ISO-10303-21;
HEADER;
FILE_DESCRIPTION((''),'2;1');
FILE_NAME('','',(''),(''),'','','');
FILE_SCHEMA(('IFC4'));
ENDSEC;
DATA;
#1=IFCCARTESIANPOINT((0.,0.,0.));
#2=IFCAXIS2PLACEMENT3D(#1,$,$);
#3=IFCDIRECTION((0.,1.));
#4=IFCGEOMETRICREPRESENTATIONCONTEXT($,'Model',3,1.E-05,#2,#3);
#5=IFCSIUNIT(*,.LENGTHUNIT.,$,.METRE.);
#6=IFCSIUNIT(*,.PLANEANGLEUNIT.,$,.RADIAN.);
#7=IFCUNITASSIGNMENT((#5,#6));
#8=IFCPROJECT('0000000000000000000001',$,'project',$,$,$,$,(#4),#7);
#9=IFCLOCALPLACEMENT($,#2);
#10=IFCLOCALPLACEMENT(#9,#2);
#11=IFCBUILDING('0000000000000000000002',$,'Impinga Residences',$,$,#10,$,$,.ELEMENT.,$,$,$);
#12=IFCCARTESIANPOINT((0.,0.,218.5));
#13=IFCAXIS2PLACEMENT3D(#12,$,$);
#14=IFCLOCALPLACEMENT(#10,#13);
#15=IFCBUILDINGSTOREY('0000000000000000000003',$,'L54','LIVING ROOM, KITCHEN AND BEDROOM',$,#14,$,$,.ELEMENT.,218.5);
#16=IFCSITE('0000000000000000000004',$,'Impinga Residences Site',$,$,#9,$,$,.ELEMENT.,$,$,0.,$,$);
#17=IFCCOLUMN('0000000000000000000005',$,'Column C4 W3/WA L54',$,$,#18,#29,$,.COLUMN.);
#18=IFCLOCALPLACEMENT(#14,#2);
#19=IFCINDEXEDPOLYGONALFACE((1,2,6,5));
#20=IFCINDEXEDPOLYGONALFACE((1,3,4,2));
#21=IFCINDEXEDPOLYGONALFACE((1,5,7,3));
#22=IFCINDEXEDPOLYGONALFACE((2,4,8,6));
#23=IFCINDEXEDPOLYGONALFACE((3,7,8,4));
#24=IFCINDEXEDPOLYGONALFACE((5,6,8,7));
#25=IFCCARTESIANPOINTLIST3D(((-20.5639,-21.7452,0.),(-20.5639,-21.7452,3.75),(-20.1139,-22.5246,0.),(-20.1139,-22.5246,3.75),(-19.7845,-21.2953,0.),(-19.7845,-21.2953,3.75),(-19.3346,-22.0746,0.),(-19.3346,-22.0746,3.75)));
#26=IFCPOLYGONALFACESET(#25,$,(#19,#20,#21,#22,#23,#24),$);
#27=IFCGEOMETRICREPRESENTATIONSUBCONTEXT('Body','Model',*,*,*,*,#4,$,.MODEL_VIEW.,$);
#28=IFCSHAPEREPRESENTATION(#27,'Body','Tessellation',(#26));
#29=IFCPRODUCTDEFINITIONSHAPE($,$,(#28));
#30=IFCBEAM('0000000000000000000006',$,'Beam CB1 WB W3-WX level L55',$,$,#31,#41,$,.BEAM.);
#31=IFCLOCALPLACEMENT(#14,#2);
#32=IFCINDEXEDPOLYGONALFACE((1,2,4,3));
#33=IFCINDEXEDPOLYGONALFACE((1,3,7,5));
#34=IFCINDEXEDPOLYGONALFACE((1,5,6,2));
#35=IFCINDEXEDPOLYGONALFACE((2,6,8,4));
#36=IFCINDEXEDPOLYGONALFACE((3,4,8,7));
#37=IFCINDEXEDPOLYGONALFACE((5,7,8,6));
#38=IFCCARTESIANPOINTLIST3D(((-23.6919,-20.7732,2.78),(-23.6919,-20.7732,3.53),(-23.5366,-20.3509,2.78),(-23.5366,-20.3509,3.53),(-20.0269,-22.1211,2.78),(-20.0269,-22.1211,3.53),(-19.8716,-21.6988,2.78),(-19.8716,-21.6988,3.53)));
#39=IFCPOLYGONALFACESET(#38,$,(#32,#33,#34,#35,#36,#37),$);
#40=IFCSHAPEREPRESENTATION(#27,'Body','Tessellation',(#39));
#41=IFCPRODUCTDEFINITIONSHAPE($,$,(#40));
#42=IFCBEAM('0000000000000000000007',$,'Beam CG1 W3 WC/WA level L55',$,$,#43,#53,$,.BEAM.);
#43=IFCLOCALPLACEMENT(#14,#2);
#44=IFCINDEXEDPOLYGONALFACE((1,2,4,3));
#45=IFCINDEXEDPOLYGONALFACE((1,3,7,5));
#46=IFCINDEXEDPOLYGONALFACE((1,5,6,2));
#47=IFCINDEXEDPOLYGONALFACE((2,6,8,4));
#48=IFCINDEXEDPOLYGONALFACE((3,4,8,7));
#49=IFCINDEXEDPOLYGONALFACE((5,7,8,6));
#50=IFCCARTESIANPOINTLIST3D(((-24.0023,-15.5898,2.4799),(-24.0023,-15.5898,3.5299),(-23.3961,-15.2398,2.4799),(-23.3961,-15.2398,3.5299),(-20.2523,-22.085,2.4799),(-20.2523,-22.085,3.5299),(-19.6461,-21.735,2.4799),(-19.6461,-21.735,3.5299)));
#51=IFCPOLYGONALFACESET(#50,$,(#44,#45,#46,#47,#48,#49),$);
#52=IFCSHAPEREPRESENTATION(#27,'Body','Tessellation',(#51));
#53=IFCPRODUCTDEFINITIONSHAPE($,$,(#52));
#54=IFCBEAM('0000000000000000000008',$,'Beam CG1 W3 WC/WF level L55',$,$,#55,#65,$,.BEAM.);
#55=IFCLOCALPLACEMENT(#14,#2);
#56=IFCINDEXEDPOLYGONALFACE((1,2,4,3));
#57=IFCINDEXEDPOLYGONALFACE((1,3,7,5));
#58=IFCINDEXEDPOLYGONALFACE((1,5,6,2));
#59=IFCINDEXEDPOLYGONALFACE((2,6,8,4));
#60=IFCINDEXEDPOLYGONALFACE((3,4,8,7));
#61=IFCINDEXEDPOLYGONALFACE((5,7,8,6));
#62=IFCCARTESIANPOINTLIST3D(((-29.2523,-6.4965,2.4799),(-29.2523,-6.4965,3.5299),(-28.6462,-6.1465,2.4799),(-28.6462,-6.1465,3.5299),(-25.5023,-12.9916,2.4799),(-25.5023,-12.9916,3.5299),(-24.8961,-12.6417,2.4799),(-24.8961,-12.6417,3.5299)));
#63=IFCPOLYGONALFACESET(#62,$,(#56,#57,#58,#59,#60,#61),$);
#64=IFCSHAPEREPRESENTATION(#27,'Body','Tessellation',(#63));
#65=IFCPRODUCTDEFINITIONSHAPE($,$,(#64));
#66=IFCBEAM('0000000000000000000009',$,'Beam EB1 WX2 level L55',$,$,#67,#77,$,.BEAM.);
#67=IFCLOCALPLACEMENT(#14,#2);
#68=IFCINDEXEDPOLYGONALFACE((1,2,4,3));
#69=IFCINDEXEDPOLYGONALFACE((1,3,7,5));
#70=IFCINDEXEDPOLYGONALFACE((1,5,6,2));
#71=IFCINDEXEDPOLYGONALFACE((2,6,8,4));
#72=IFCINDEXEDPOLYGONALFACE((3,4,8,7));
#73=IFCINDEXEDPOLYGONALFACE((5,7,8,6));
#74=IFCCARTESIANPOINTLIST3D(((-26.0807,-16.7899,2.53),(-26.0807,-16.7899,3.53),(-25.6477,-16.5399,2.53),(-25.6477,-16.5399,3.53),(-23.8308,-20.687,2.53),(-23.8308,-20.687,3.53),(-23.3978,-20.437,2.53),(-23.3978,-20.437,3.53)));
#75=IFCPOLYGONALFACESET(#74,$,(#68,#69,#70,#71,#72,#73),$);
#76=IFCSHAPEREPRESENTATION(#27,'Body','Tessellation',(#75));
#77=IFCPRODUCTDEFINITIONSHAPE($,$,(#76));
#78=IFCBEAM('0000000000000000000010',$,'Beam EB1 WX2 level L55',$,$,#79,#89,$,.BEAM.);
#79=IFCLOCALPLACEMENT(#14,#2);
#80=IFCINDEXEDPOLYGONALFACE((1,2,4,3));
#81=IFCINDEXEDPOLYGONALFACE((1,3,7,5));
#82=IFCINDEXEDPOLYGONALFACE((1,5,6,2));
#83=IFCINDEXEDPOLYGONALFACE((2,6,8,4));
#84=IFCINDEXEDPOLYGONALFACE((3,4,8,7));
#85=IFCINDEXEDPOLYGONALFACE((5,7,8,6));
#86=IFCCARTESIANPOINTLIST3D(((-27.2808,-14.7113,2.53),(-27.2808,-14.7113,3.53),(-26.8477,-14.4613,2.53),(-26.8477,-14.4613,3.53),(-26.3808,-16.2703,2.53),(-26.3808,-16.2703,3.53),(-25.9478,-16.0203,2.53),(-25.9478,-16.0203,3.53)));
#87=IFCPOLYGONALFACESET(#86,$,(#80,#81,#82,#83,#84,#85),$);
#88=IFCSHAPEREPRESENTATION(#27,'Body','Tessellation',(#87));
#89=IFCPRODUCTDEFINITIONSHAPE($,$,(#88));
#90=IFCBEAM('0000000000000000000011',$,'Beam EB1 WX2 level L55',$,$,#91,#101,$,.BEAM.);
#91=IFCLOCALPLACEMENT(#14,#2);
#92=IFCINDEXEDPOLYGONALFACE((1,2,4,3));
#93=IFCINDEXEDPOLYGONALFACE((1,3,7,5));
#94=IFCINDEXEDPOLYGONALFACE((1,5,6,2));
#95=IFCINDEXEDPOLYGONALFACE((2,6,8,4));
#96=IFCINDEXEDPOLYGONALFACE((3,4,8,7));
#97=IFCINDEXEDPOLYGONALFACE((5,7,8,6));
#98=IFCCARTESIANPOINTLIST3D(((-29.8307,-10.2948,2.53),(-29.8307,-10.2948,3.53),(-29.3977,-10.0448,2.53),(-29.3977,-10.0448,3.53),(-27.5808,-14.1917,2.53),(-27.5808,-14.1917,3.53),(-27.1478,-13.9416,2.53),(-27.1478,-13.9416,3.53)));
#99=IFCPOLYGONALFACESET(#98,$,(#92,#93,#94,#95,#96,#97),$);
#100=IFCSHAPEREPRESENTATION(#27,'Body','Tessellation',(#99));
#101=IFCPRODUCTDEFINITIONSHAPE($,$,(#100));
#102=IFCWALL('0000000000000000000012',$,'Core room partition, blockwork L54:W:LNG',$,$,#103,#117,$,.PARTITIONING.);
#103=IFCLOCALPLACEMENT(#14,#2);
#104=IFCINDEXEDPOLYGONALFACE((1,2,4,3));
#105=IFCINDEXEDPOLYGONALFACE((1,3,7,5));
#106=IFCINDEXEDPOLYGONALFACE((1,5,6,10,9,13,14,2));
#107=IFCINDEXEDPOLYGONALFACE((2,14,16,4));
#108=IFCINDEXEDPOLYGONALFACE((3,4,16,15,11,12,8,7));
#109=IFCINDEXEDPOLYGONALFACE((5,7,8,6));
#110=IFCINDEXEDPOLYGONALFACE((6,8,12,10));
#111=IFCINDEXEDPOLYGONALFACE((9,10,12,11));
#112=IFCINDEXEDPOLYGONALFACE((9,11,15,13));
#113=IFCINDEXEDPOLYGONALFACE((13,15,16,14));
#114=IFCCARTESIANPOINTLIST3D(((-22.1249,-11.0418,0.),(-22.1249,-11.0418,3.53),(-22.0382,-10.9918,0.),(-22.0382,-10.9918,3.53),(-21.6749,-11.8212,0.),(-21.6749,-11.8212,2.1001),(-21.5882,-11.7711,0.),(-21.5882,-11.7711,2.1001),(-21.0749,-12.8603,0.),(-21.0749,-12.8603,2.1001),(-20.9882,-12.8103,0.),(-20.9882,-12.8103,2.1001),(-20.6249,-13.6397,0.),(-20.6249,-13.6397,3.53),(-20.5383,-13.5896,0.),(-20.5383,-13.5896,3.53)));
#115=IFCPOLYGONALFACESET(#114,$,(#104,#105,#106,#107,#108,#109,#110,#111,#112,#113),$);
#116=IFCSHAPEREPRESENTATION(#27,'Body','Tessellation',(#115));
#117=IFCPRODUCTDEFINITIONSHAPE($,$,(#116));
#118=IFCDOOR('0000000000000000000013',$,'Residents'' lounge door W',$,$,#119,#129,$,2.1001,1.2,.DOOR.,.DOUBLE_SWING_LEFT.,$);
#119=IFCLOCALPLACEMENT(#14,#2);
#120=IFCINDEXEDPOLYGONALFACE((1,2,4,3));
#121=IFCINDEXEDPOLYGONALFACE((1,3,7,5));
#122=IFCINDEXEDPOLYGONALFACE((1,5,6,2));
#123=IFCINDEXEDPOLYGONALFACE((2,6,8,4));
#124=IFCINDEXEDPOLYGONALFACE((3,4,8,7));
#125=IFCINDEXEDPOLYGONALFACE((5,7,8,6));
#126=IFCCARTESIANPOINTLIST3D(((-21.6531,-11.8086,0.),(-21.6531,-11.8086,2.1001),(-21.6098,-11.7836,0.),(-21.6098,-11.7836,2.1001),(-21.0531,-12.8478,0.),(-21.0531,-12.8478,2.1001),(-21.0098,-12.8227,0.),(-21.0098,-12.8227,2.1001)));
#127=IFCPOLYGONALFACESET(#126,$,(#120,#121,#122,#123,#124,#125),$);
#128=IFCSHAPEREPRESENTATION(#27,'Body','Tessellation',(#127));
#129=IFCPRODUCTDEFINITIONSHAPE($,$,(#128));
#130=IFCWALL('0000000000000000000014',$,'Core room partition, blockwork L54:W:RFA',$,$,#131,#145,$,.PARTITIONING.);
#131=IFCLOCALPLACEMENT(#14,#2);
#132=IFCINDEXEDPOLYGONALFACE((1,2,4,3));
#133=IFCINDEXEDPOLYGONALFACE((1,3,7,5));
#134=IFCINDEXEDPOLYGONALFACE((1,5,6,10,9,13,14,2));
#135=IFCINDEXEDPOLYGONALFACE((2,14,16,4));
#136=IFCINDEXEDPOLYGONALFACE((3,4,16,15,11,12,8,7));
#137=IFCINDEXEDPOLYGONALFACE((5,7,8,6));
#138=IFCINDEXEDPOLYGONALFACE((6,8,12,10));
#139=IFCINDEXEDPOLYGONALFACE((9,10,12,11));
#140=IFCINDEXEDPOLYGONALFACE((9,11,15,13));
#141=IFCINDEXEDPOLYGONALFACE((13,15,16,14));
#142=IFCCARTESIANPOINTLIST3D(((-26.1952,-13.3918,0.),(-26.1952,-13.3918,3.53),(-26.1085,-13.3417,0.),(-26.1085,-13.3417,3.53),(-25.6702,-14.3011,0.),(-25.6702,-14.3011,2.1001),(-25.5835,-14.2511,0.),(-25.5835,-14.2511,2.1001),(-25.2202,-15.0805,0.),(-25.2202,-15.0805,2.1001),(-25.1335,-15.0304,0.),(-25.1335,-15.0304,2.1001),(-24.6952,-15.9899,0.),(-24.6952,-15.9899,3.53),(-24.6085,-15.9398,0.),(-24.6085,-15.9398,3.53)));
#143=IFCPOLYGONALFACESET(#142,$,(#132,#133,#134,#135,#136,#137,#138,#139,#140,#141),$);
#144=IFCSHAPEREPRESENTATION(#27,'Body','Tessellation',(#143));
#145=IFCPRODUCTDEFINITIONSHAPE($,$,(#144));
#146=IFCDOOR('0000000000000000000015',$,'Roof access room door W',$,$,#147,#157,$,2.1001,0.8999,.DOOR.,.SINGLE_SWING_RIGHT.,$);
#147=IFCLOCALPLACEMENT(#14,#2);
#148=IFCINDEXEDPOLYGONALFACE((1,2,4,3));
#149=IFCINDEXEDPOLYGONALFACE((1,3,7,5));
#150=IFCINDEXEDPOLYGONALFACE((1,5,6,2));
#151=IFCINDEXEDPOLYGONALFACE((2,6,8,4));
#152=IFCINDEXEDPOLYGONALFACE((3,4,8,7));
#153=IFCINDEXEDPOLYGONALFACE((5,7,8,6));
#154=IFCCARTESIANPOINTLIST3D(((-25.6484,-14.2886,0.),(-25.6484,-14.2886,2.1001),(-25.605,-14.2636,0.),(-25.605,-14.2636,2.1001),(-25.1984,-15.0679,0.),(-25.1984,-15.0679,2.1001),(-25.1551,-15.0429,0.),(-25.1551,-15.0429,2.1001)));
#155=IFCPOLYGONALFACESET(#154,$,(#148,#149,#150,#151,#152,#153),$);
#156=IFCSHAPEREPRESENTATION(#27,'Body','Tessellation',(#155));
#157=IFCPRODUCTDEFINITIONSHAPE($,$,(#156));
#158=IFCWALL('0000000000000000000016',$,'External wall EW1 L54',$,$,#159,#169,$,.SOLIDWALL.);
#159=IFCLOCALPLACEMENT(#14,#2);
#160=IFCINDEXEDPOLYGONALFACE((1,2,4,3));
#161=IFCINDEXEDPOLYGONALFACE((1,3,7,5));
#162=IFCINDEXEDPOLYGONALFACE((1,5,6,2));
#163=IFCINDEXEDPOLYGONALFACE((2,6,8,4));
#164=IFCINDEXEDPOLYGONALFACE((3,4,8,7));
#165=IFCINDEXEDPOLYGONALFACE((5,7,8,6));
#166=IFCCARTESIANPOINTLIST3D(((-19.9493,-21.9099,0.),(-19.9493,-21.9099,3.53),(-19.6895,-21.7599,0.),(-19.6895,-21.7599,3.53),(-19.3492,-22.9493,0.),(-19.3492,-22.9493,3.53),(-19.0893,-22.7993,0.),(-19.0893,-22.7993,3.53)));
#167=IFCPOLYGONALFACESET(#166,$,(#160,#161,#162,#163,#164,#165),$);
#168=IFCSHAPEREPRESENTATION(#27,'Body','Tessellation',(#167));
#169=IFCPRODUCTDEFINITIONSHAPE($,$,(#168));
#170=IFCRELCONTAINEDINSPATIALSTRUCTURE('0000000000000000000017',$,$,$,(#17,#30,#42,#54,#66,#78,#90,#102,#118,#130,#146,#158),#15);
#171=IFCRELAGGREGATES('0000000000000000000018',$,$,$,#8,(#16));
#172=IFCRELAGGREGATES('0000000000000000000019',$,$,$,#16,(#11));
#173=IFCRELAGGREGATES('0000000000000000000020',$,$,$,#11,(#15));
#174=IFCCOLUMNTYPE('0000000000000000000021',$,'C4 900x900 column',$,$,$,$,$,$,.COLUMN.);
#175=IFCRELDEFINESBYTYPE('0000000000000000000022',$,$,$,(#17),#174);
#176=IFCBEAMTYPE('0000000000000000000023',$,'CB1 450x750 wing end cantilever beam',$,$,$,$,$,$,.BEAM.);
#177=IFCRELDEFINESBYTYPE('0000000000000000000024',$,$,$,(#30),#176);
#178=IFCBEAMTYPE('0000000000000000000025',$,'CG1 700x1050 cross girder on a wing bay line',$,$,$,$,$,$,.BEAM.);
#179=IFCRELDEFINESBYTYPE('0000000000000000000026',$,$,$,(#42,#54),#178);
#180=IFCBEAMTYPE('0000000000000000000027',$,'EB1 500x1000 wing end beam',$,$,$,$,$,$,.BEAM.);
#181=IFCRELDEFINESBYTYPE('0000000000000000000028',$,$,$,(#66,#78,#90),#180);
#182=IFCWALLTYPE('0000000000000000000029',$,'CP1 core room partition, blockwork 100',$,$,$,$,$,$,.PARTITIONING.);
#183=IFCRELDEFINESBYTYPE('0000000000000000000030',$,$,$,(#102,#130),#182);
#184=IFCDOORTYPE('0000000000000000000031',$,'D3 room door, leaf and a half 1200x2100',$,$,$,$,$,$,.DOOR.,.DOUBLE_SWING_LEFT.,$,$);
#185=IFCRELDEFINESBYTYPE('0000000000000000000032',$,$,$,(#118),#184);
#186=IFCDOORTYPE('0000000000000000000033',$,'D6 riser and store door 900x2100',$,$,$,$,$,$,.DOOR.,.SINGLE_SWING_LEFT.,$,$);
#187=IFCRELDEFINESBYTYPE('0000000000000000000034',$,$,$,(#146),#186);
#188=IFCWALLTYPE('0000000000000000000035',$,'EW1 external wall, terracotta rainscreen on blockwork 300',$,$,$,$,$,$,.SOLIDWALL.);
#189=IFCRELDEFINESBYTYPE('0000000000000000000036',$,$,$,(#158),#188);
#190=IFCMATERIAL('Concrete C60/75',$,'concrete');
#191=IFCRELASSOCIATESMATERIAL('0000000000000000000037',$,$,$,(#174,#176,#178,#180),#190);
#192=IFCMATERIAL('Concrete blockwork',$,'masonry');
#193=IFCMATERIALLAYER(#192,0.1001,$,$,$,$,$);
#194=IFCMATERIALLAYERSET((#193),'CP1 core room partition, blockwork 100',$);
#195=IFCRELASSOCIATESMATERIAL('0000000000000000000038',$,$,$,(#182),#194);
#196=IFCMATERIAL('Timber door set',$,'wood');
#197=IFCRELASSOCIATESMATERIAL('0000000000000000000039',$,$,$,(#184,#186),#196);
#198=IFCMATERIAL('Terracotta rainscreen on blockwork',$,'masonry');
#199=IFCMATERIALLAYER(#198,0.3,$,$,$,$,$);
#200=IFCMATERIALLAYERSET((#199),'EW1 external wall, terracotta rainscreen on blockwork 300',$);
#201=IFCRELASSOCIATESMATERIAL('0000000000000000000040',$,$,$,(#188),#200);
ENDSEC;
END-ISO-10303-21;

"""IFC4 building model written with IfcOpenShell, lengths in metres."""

from ifc_helpers import new_model, si_unit, direction, frame, frame_2d, origin, origin_2d, place, context, subcontext, project, spatial, rectangle, extrude, material, layer, layer_set, material_profile, profile_set, type_object, element, fill, save


model = new_model("IFC4")

# Units and contexts
model_context = context("Model", 3, precision=1e-05, world=origin(), true_north=direction((0.0, 1.0)))
body_context = subcontext(model_context, "Body", "Model", "MODEL_VIEW")
ifc_project = project(units=[si_unit("LENGTHUNIT", "METRE"), si_unit("PLANEANGLEUNIT", "RADIAN")], contexts=[model_context])

# Site, building, storey
site_placement = place(None, origin())
site = spatial("IfcSite", under=ifc_project, at=site_placement, Name="Impinga Residences Site", CompositionType="ELEMENT", RefElevation=0.0)
building_placement = place(site_placement, origin())
building = spatial("IfcBuilding", under=site, at=building_placement, Name="Impinga Residences", CompositionType="ELEMENT")
storey_placement = place(building_placement, frame((0.0, 0.0, 218.5)))
storey = spatial("IfcBuildingStorey", under=building, at=storey_placement, Name="L54", Description="LIVING ROOM, KITCHEN AND BEDROOM", CompositionType="ELEMENT", Elevation=218.5)

# Column
ifc_material_1 = material(Name="Concrete C60/75", Category="concrete")
ifc_material_profile_1 = material_profile(ifc_material_1, rectangle(XDim=0.8999, YDim=0.8999, at=origin_2d()), Name="RC 900x900")
ifc_profile_set_1 = profile_set([ifc_material_profile_1], Name="Concrete C60/75")
column_type = type_object("IfcColumnType", Name="C4 900x900 column", PredefinedType="COLUMN", material=ifc_profile_set_1)
column_placement = place(storey_placement, frame((-19.9492, -21.9099, 0.0), z_axis=(0.0, 0.0, 1.0), x_axis=(-0.5, 0.866025, 0.0)))
element("IfcColumn", 1, at=column_placement, inside=storey, type_object=column_type, Name="Column C4 W3/WA L54", PredefinedType="COLUMN", context=body_context, shape_type="SweptSolid", body=[
    extrude(rectangle(XDim=0.8999, YDim=0.8999, at=origin_2d()), origin(), (0.0, 0.0, 1.0), 3.75),
])

# Beams
ifc_material_profile_2 = material_profile(ifc_material_1, rectangle(XDim=0.45, YDim=0.75, at=origin_2d()), Name="RC 450x750")
ifc_profile_set_2 = profile_set([ifc_material_profile_2], Name="Concrete C60/75")
beam_type_1 = type_object("IfcBeamType", Name="CB1 450x750 wing end cantilever beam", PredefinedType="BEAM", material=ifc_profile_set_2)
beam_1_placement = place(storey_placement, frame((-19.9492, -21.9099, 3.155), z_axis=(-0.93854, 0.345169, 0.0), x_axis=(-0.345169, -0.93854, 0.0)))
element("IfcBeam", 2, at=beam_1_placement, inside=storey, type_object=beam_type_1, Name="Beam CB1 WB W3-WX level L55", PredefinedType="BEAM", context=body_context, shape_type="SweptSolid", body=[
    extrude(rectangle(XDim=0.45, YDim=0.75, at=origin_2d()), origin(), (0.0, 0.0, 1.0), 3.905),
])
ifc_material_profile_3 = material_profile(ifc_material_1, rectangle(XDim=0.7, YDim=1.05, at=origin_2d()), Name="RC 700x1050")
ifc_profile_set_3 = profile_set([ifc_material_profile_3], Name="Concrete C60/75")
beam_type_2 = type_object("IfcBeamType", Name="CG1 700x1050 cross girder on a wing bay line", PredefinedType="BEAM", material=ifc_profile_set_3)
for number, where, z_axis, x_axis, name in (
    (3, (-23.6992, -15.4148, 3.0049), (0.500004, -0.866023, 0.0), (0.866023, 0.500004, 0.0), "Beam CG1 W3 WC/WA level L55"),
    (4, (-25.1992, -12.8167, 3.0049), (-0.500004, 0.866023, 0.0), (-0.866023, -0.500004, 0.0), "Beam CG1 W3 WC/WF level L55"),
):
    element("IfcBeam", number, at=place(storey_placement, frame(where, z_axis=z_axis, x_axis=x_axis)), inside=storey, type_object=beam_type_2, Name=name, PredefinedType="BEAM", context=body_context, shape_type="SweptSolid", body=[
        extrude(rectangle(XDim=0.7, YDim=1.05, at=origin_2d()), origin(), (0.0, 0.0, 1.0), 7.5),
    ])
ifc_material_profile_4 = material_profile(ifc_material_1, rectangle(XDim=0.5, YDim=1.0, at=origin_2d()), Name="RC 500x1000")
ifc_profile_set_4 = profile_set([ifc_material_profile_4], Name="Concrete C60/75")
beam_type_3 = type_object("IfcBeamType", Name="EB1 500x1000 wing end beam", PredefinedType="BEAM", material=ifc_profile_set_4)
beam_2_placement = place(storey_placement, frame((-23.6143, -20.562, 3.03), z_axis=(-0.49999, 0.866031, 0.0), x_axis=(-0.866031, -0.49999, 0.0)))
element("IfcBeam", 5, at=beam_2_placement, inside=storey, type_object=beam_type_3, Name="Beam EB1 WX2 level L55", PredefinedType="BEAM", context=body_context, shape_type="SweptSolid", body=[
    extrude(rectangle(XDim=0.5, YDim=1.0, at=origin_2d()), origin(), (0.0, 0.0, 1.0), 4.5),
])
beam_3_placement = place(storey_placement, frame((-26.1643, -16.1453, 3.03), z_axis=(-0.499961, 0.866048, 0.0), x_axis=(-0.866048, -0.499961, 0.0)))
element("IfcBeam", 6, at=beam_3_placement, inside=storey, type_object=beam_type_3, Name="Beam EB1 WX2 level L55", PredefinedType="BEAM", context=body_context, shape_type="SweptSolid", body=[
    extrude(rectangle(XDim=0.5, YDim=1.0, at=origin_2d()), origin(), (0.0, 0.0, 1.0), 1.8),
])
beam_4_placement = place(storey_placement, frame((-27.3643, -14.0667, 3.03), z_axis=(-0.500014, 0.866018, 0.0), x_axis=(-0.866018, -0.500014, 0.0)))
element("IfcBeam", 7, at=beam_4_placement, inside=storey, type_object=beam_type_3, Name="Beam EB1 WX2 level L55", PredefinedType="BEAM", context=body_context, shape_type="SweptSolid", body=[
    extrude(rectangle(XDim=0.5, YDim=1.0, at=origin_2d()), origin(), (0.0, 0.0, 1.0), 4.4998),
])

# Walls, openings, doors
ifc_material_2 = material(Name="Concrete blockwork", Category="masonry")
ifc_layer_1 = layer(ifc_material_2, 0.1001)
ifc_layer_set_1 = layer_set([ifc_layer_1], Name="CP1 core room partition, blockwork 100")
wall_type_1 = type_object("IfcWallType", Name="CP1 core room partition, blockwork 100", PredefinedType="PARTITIONING", material=ifc_layer_set_1)
wall_1_placement = place(storey_placement, frame((-20.5815, -13.6147, 0.0), z_axis=(0.0, 0.0, 1.0), x_axis=(-0.500025, 0.866011, 0.0)))
wall_1 = element("IfcWall", 8, at=wall_1_placement, inside=storey, type_object=wall_type_1, Name="Core room partition, blockwork L54:W:LNG", PredefinedType="PARTITIONING", context=body_context, shape_type="SweptSolid", body=[
    extrude(rectangle(XDim=2.9998, YDim=0.1001, at=frame_2d((1.5, 0.0))), origin(), (0.0, 0.0, 1.0), 3.53),
])
opening_1_placement = place(wall_1_placement, frame((0.8999, 0.0, 0.0)))
opening_1 = element("IfcOpeningElement", 9, at=opening_1_placement, cuts=wall_1, PredefinedType="OPENING", context=body_context, shape_type="SweptSolid", body=[
    extrude(rectangle(XDim=1.2, YDim=2.1001, at=frame_2d((0.6001, 1.05))), frame((0.0, 0.0601, 0.0), z_axis=(0.0, -1.0, 0.0), x_axis=(1.0, 0.0, 0.0)), (0.0, 0.0, 1.0), 0.1201),
])
ifc_material_3 = material(Name="Timber door set", Category="wood")
door_type_1 = type_object("IfcDoorType", Name="D3 room door, leaf and a half 1200x2100", OperationType="DOUBLE_SWING_LEFT", PredefinedType="DOOR", material=ifc_material_3)
door_1_placement = place(opening_1_placement, origin())
door_1 = element("IfcDoor", 10, at=door_1_placement, inside=storey, type_object=door_type_1, Name="Residents' lounge door W", OperationType="DOUBLE_SWING_LEFT", OverallHeight=2.1001, OverallWidth=1.2, PredefinedType="DOOR", context=body_context, shape_type="SweptSolid", body=[
    extrude(rectangle(XDim=1.2, YDim=2.1001, at=frame_2d((0.6001, 1.05))), frame((0.0, 0.0249, 0.0), z_axis=(0.0, -1.0, 0.0), x_axis=(1.0, 0.0, 0.0)), (0.0, 0.0, 1.0), 0.05),
])
fill(opening_1, door_1)
wall_2_placement = place(storey_placement, frame((-24.6519, -15.9648, 0.0), z_axis=(0.0, 0.0, 1.0), x_axis=(-0.49999, 0.866031, 0.0)))
wall_2 = element("IfcWall", 11, at=wall_2_placement, inside=storey, type_object=wall_type_1, Name="Core room partition, blockwork L54:W:RFA", PredefinedType="PARTITIONING", context=body_context, shape_type="SweptSolid", body=[
    extrude(rectangle(XDim=3.0, YDim=0.1001, at=frame_2d((1.5, 0.0))), origin(), (0.0, 0.0, 1.0), 3.53),
])
opening_2_placement = place(wall_2_placement, frame((1.05, 0.0, 0.0)))
opening_2 = element("IfcOpeningElement", 12, at=opening_2_placement, cuts=wall_2, PredefinedType="OPENING", context=body_context, shape_type="SweptSolid", body=[
    extrude(rectangle(XDim=0.8999, YDim=2.1001, at=frame_2d((0.45, 1.05))), frame((0.0, 0.0601, 0.0), z_axis=(0.0, -1.0, 0.0), x_axis=(1.0, 0.0, 0.0)), (0.0, 0.0, 1.0), 0.1201),
])
door_type_2 = type_object("IfcDoorType", Name="D6 riser and store door 900x2100", OperationType="SINGLE_SWING_LEFT", PredefinedType="DOOR", material=ifc_material_3)
door_2_placement = place(opening_2_placement, origin())
door_2 = element("IfcDoor", 13, at=door_2_placement, inside=storey, type_object=door_type_2, Name="Roof access room door W", OperationType="SINGLE_SWING_RIGHT", OverallHeight=2.1001, OverallWidth=0.8999, PredefinedType="DOOR", context=body_context, shape_type="SweptSolid", body=[
    extrude(rectangle(XDim=0.8999, YDim=2.1001, at=frame_2d((0.45, 1.05))), frame((0.0, 0.0249, 0.0), z_axis=(0.0, -1.0, 0.0), x_axis=(1.0, 0.0, 0.0)), (0.0, 0.0, 1.0), 0.05),
])
fill(opening_2, door_2)

# Wall
ifc_material_4 = material(Name="Terracotta rainscreen on blockwork", Category="masonry")
ifc_layer_2 = layer(ifc_material_4, 0.3)
ifc_layer_set_2 = layer_set([ifc_layer_2], Name="EW1 external wall, terracotta rainscreen on blockwork 300")
wall_type_2 = type_object("IfcWallType", Name="EW1 external wall, terracotta rainscreen on blockwork 300", PredefinedType="SOLIDWALL", material=ifc_layer_set_2)
wall_3_placement = place(storey_placement, frame((-19.2192, -22.8743, 0.0), z_axis=(0.0, 0.0, 1.0), x_axis=(-0.500034, 0.866006, 0.0)))
element("IfcWall", 14, at=wall_3_placement, inside=storey, type_object=wall_type_2, Name="External wall EW1 L54", PredefinedType="SOLIDWALL", context=body_context, shape_type="SweptSolid", body=[
    extrude(rectangle(XDim=1.2002, YDim=0.3, at=frame_2d((0.6001, 0.0))), origin(), (0.0, 0.0, 1.0), 3.53),
])

save(model, "model.ifc")
